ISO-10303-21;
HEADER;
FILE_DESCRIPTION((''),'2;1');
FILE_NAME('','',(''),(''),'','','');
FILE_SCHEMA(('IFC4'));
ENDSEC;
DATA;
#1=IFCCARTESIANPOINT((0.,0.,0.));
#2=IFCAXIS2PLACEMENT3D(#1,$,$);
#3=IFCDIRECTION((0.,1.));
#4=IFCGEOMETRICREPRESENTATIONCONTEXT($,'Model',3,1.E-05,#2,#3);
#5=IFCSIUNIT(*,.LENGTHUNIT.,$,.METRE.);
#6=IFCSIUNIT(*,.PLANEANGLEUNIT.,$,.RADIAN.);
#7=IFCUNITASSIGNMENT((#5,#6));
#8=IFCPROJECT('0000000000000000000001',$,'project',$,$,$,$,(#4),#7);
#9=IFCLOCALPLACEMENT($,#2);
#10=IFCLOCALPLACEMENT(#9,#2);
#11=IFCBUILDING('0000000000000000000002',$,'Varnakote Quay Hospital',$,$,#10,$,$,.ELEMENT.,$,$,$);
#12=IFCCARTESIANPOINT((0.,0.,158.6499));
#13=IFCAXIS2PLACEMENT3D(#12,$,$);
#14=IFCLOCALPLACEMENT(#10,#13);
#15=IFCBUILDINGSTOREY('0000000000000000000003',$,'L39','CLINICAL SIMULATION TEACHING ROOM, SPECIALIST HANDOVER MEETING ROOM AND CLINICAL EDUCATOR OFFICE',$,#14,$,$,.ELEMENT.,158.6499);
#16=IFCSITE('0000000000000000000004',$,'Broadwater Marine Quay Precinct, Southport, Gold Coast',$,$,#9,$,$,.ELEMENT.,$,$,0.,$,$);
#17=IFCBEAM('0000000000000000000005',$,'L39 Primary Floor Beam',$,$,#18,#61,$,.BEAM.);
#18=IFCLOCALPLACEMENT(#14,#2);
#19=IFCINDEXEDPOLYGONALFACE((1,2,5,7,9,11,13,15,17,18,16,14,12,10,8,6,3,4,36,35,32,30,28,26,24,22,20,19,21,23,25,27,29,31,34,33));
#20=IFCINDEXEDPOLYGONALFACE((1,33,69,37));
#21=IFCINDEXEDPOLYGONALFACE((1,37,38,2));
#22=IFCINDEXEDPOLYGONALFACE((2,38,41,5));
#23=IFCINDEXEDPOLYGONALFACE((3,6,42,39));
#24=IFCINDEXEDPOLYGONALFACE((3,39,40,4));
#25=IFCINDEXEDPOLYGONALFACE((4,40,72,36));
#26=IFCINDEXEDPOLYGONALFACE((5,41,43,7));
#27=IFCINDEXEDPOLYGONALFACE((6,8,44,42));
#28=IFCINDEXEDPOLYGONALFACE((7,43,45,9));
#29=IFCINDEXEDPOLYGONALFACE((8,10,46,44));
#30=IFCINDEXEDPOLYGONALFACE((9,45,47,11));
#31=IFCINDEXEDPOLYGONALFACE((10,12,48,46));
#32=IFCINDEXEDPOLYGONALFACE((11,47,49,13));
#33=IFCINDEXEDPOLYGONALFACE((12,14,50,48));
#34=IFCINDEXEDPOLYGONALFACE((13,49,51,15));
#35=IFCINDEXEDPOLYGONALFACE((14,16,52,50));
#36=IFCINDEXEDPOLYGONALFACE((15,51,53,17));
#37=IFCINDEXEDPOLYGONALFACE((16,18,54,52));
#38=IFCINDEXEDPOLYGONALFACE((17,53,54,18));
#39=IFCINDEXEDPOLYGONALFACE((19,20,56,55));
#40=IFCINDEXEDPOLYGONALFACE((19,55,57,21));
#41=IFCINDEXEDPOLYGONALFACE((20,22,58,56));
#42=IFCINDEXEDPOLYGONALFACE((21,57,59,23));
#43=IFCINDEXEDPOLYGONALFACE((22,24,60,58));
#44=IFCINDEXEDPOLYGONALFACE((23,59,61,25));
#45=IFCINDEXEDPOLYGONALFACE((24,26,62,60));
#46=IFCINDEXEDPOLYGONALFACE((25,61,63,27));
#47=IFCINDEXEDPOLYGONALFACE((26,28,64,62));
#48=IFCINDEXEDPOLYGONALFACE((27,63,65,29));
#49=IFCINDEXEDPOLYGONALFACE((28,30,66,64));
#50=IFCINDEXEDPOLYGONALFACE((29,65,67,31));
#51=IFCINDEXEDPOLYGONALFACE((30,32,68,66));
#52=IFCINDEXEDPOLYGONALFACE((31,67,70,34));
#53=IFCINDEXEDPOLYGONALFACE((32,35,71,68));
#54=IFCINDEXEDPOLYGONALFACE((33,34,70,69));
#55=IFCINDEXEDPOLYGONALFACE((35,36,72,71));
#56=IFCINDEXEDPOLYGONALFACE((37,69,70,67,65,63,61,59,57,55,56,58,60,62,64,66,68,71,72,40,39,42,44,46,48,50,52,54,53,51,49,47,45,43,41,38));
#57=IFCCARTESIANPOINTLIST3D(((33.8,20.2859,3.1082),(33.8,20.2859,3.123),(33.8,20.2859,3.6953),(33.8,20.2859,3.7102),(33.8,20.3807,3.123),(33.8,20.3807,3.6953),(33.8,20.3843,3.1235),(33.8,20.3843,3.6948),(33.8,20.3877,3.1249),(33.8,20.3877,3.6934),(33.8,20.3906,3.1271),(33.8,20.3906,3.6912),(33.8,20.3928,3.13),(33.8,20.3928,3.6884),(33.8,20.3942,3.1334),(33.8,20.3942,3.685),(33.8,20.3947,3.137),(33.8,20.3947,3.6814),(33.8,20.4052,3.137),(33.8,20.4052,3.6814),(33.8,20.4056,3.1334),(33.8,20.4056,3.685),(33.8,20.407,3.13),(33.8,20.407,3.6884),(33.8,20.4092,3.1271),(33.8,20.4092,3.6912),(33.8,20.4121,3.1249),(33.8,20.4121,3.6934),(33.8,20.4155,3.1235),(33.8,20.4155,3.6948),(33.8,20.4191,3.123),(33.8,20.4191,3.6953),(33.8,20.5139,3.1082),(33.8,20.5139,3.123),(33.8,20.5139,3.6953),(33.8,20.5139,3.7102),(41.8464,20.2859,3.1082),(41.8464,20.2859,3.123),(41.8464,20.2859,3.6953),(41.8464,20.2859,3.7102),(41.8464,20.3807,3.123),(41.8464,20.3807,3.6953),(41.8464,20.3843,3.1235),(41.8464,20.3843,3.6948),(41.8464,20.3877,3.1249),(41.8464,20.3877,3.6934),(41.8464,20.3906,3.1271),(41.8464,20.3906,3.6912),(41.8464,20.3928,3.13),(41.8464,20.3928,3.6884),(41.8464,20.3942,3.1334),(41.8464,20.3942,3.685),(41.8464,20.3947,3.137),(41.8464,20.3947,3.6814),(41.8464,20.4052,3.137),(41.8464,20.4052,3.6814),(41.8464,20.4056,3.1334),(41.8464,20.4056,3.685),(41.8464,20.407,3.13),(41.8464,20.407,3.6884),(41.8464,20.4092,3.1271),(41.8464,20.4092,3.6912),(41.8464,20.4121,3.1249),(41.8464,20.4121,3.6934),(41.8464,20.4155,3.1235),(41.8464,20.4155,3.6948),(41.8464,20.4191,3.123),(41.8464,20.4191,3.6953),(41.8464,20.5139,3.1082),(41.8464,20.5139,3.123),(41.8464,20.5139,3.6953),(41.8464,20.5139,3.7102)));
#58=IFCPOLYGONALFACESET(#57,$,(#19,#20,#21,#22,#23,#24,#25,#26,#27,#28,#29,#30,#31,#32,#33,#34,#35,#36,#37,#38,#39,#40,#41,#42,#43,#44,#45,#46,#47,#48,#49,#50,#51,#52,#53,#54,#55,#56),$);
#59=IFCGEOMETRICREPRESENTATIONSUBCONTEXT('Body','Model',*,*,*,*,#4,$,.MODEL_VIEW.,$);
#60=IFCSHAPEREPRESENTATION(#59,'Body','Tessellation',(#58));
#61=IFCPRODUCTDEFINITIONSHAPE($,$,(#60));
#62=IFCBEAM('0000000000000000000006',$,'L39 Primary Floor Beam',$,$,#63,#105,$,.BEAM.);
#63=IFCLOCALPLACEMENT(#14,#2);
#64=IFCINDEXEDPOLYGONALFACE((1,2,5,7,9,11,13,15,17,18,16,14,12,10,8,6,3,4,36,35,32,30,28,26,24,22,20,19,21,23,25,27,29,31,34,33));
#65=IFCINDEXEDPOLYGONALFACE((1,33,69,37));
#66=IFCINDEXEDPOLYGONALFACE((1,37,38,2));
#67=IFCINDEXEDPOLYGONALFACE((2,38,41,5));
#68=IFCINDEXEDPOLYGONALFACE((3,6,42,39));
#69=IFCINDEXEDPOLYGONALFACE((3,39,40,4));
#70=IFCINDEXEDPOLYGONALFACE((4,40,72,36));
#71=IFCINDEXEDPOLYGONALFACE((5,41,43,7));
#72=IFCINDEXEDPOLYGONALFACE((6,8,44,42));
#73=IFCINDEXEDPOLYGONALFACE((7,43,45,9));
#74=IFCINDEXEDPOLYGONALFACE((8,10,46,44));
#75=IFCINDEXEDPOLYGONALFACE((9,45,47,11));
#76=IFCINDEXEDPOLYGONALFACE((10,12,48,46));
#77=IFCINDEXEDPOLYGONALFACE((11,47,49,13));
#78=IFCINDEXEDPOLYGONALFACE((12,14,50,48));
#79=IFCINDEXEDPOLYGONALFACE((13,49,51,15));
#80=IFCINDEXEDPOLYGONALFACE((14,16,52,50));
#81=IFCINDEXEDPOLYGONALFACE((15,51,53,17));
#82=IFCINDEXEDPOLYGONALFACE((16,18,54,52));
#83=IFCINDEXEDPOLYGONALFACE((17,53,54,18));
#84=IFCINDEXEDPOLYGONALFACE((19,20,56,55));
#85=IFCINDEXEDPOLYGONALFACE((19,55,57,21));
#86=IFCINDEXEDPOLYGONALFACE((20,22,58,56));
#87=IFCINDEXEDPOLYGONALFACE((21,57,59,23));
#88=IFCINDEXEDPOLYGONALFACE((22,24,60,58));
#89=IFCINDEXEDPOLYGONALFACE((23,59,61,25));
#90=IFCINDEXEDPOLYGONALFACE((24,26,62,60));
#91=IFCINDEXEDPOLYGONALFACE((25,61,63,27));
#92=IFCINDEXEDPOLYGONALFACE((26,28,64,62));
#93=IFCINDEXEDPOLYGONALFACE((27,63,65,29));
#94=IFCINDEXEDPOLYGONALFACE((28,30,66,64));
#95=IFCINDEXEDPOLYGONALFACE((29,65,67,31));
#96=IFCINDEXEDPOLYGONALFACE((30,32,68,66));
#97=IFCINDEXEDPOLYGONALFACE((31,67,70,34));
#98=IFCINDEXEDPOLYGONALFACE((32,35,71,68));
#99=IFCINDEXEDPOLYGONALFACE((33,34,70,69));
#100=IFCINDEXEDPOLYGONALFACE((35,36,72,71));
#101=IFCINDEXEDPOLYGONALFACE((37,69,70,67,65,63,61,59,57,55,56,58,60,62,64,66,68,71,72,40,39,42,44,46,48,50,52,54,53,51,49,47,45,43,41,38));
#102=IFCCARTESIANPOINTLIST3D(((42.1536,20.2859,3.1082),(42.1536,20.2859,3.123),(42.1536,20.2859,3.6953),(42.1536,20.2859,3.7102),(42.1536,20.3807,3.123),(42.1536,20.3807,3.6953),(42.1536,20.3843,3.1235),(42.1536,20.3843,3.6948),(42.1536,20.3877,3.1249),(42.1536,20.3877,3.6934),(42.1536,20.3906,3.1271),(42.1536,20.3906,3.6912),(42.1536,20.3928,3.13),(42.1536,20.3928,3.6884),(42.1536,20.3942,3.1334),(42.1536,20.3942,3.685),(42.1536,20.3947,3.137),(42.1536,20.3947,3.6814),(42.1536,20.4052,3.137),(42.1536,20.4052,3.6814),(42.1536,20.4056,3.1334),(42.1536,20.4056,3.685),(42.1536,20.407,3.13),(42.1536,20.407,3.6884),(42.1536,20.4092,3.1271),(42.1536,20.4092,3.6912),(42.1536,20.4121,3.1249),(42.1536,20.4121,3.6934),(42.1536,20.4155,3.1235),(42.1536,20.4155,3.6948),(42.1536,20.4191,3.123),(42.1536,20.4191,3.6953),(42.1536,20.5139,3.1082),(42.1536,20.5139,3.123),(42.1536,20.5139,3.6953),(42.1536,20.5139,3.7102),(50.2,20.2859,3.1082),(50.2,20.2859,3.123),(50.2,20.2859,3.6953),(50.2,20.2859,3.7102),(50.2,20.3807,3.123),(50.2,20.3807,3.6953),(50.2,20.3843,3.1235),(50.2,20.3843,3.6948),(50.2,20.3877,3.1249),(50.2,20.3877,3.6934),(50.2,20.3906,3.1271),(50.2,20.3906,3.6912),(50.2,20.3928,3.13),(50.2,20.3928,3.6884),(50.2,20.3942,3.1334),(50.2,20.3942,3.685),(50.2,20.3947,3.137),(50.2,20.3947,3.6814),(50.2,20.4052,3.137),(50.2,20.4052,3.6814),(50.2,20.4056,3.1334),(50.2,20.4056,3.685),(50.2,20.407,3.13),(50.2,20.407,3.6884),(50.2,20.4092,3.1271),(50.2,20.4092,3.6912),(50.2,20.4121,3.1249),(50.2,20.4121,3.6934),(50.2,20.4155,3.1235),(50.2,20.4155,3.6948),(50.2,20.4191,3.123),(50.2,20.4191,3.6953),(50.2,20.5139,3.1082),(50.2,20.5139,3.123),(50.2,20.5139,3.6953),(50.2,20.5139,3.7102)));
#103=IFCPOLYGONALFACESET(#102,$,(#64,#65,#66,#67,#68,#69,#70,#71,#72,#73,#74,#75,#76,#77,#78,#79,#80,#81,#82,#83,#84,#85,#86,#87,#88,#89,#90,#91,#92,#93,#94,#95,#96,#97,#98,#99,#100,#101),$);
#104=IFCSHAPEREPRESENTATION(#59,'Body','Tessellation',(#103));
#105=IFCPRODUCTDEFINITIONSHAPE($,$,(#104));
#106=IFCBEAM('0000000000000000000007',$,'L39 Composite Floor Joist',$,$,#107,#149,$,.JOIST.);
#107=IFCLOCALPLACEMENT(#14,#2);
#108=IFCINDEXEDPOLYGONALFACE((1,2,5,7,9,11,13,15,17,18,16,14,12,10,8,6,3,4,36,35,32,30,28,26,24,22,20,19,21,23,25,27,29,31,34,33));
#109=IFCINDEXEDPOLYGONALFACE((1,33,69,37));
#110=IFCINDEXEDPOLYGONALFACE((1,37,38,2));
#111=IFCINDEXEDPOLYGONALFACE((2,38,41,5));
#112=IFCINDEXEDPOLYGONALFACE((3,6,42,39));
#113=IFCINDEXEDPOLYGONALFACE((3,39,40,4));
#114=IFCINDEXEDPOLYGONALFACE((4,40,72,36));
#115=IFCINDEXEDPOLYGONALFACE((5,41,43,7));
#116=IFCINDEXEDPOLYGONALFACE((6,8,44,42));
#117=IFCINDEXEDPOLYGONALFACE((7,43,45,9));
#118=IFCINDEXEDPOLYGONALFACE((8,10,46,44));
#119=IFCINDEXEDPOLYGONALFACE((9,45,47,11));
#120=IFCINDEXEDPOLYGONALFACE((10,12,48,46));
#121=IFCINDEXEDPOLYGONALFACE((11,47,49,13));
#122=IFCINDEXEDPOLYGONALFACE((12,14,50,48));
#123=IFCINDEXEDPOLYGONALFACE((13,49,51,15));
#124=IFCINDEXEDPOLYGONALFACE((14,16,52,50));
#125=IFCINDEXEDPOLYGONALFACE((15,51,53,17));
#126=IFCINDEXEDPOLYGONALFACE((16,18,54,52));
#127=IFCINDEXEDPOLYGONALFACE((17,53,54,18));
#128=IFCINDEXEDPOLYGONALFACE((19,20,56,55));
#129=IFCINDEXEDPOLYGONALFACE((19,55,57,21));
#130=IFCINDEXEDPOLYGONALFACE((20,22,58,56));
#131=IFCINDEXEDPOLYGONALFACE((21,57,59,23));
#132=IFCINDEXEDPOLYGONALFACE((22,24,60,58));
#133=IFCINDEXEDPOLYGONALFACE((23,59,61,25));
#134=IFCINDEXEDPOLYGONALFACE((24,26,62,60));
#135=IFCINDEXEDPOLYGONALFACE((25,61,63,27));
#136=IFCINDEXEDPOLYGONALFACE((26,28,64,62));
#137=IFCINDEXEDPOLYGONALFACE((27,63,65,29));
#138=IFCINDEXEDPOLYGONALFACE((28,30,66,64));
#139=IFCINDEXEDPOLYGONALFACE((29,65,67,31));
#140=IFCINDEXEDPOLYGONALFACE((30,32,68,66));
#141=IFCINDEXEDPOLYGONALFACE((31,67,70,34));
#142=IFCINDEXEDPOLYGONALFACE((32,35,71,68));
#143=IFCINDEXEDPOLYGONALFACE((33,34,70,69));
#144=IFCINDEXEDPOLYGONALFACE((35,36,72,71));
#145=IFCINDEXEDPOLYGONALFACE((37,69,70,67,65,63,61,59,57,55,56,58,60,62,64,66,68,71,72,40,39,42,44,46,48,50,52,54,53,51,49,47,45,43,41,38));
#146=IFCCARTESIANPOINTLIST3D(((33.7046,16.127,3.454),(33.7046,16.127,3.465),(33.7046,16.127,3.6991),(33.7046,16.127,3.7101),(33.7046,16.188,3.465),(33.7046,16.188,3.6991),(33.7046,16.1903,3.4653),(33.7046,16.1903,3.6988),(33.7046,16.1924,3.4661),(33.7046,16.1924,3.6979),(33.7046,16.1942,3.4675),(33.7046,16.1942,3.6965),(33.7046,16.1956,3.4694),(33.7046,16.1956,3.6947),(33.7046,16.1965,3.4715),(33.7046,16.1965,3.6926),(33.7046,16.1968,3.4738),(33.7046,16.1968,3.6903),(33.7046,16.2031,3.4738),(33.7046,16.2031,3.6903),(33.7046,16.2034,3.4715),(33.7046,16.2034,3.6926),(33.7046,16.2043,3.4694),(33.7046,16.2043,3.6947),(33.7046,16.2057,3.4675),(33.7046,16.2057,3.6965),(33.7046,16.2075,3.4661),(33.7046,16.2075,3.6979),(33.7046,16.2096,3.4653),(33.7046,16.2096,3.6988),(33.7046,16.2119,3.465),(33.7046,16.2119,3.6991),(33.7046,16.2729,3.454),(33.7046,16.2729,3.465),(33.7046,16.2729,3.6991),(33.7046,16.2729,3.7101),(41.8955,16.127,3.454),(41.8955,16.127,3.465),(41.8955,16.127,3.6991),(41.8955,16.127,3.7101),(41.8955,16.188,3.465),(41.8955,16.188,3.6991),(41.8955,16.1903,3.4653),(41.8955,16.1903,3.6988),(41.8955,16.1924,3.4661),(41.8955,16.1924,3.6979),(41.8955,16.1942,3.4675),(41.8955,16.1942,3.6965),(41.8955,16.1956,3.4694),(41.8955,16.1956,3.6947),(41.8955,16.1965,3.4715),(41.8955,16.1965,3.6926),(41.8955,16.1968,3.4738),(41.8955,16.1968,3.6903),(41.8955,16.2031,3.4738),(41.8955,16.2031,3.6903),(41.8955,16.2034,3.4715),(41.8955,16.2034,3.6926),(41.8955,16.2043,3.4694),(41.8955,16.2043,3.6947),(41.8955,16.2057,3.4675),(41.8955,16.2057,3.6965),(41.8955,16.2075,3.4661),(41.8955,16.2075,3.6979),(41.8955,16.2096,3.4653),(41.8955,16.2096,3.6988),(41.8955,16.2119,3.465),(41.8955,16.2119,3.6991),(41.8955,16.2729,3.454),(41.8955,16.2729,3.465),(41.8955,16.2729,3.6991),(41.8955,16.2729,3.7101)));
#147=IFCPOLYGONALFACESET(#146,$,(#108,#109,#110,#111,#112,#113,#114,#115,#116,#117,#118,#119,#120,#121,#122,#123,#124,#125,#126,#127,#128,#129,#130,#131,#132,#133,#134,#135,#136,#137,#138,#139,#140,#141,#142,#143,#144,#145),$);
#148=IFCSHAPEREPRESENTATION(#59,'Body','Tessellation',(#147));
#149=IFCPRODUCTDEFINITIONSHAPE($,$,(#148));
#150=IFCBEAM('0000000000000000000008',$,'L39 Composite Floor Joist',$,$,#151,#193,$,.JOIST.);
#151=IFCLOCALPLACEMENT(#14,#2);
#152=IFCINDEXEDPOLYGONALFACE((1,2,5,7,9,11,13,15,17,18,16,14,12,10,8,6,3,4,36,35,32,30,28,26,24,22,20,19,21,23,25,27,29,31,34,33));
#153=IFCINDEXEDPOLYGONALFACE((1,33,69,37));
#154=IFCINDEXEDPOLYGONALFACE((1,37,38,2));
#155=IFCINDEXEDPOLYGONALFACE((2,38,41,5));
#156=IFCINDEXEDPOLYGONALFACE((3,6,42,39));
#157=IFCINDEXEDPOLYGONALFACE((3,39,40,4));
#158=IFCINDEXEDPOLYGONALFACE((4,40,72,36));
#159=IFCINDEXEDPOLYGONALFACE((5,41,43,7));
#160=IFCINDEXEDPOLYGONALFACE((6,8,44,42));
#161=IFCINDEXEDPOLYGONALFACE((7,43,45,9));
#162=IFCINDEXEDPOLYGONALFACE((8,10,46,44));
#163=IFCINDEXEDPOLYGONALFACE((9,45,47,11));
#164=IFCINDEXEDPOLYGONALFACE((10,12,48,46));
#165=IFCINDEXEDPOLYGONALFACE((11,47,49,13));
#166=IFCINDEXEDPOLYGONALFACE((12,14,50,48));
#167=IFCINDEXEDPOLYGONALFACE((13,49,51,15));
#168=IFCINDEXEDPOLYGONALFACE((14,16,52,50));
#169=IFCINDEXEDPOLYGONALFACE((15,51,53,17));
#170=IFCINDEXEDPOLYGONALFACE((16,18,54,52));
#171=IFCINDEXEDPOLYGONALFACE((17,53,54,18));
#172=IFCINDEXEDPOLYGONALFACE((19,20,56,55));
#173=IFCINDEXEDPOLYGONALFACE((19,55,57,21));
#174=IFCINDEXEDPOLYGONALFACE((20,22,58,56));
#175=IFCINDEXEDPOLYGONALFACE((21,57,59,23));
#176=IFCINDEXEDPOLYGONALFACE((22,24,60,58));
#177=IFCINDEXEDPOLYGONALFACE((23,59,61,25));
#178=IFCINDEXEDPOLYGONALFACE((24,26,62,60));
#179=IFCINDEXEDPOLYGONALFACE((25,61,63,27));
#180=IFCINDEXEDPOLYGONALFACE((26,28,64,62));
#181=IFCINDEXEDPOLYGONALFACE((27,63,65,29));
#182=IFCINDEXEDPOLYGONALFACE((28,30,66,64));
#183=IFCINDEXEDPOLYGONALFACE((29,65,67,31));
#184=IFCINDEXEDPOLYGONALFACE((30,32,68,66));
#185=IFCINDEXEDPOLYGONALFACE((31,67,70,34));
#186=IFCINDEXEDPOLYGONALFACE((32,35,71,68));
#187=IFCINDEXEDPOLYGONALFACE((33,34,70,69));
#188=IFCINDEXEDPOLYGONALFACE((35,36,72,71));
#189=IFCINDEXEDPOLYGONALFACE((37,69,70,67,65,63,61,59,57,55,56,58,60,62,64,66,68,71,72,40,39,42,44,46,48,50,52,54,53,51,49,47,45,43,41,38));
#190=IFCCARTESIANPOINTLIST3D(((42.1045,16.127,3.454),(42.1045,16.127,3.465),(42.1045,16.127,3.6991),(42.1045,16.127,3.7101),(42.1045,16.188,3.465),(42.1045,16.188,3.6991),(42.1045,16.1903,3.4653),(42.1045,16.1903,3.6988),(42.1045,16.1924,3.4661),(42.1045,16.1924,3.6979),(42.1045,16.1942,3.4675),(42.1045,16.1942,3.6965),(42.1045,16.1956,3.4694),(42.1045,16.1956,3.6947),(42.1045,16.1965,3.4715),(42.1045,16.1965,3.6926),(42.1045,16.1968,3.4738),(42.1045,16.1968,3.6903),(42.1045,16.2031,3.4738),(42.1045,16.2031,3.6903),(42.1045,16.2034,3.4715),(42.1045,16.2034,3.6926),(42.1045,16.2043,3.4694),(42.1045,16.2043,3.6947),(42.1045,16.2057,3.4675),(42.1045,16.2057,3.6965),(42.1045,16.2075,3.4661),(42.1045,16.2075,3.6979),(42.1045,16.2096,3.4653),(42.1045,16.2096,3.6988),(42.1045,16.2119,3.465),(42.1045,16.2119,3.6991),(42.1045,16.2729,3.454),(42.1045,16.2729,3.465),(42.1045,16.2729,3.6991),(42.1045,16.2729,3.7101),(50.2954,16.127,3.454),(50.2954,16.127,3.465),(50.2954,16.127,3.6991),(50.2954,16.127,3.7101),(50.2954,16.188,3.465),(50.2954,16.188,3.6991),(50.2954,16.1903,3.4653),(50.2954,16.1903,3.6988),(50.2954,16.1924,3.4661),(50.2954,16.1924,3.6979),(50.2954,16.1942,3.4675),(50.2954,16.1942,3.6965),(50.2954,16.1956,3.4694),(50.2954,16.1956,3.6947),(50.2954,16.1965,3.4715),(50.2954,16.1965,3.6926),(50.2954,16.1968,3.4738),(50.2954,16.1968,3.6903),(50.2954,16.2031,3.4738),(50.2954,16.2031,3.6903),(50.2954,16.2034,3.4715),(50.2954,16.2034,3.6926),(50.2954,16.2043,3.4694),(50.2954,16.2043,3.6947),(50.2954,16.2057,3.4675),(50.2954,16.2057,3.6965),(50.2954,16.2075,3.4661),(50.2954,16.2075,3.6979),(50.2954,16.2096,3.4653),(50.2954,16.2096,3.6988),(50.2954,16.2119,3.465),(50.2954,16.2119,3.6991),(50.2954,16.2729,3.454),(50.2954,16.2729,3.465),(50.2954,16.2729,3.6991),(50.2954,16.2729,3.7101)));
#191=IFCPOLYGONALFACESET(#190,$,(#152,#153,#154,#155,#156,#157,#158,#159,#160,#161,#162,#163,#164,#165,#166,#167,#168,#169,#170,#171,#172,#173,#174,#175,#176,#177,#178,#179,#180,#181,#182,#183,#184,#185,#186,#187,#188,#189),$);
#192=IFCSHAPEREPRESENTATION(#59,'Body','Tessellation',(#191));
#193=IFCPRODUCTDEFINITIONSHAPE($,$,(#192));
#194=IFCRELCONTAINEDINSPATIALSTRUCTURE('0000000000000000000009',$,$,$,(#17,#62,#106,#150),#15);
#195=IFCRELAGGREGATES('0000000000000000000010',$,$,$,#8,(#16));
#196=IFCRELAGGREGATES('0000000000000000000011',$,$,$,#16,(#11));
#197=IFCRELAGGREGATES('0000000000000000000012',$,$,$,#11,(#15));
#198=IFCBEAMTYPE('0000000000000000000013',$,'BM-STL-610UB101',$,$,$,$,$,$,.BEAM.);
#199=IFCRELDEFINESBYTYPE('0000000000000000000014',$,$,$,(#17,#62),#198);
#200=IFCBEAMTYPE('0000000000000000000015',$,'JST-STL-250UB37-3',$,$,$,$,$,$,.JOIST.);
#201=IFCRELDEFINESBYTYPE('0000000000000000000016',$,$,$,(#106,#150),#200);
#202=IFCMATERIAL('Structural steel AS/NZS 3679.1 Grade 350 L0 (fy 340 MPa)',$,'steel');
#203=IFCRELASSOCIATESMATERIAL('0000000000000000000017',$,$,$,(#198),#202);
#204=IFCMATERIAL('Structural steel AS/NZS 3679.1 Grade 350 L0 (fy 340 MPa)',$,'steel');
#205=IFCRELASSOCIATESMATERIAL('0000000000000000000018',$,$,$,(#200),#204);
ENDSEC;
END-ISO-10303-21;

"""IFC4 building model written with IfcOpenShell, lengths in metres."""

from ifc_helpers import new_model, si_unit, direction, frame, origin, origin_2d, place, context, subcontext, project, spatial, i_section, extrude, material, material_profile, profile_set, type_object, element, save


model = new_model("IFC4")

# Units and contexts
model_context = context("Model", 3, precision=1e-05, world=origin(), true_north=direction((0.0, 1.0)))
body_context = subcontext(model_context, "Body", "Model", "MODEL_VIEW")
ifc_project = project(units=[si_unit("LENGTHUNIT", "METRE"), si_unit("PLANEANGLEUNIT", "RADIAN")], contexts=[model_context])

# Site, building, storey
site_placement = place(None, origin())
site = spatial("IfcSite", under=ifc_project, at=site_placement, Name="Broadwater Marine Quay Precinct, Southport, Gold Coast", CompositionType="ELEMENT", RefElevation=0.0)
building_placement = place(site_placement, origin())
building = spatial("IfcBuilding", under=site, at=building_placement, Name="Varnakote Quay Hospital", CompositionType="ELEMENT")
storey_placement = place(building_placement, frame((0.0, 0.0, 158.6499)))
storey = spatial("IfcBuildingStorey", under=building, at=storey_placement, Name="L39", Description="CLINICAL SIMULATION TEACHING ROOM, SPECIALIST HANDOVER MEETING ROOM AND CLINICAL EDUCATOR OFFICE", CompositionType="ELEMENT", Elevation=158.6499)

# Beams
ifc_material_1 = material(Name="Structural steel AS/NZS 3679.1 Grade 350 L0 (fy 340 MPa)", Category="steel")
ifc_material_profile_1 = material_profile(ifc_material_1, i_section(OverallWidth=0.228, OverallDepth=0.6021, WebThickness=0.0105, FlangeThickness=0.0149, FilletRadius=0.0139, at=origin_2d()), Name="610UB101")
ifc_profile_set_1 = profile_set([ifc_material_profile_1], Name="Structural steel AS/NZS 3679.1 Grade 350 L0 (fy 340 MPa)")
beam_type_1 = type_object("IfcBeamType", Name="BM-STL-610UB101", PredefinedType="BEAM", material=ifc_profile_set_1)
for number, where, z_axis, x_axis, name in (
    (1, (33.8, 20.3999, 3.4092), (1.0, 0.0, 0.0), (0.0, 1.0, 0.0), "L39 Primary Floor Beam"),
    (2, (42.1536, 20.3999, 3.4092), (1.0, 0.0, 0.0), (0.0, 1.0, 0.0), "L39 Primary Floor Beam"),
):
    element("IfcBeam", number, at=place(storey_placement, frame(where, z_axis=z_axis, x_axis=x_axis)), inside=storey, type_object=beam_type_1, Name=name, PredefinedType="BEAM", context=body_context, shape_type="SweptSolid", body=[
        extrude(i_section(OverallWidth=0.228, OverallDepth=0.6021, WebThickness=0.0105, FlangeThickness=0.0149, FilletRadius=0.0139, at=origin_2d()), origin(), (0.0, 0.0, 1.0), 8.0464),
    ])
ifc_material_2 = material(Name="Structural steel AS/NZS 3679.1 Grade 350 L0 (fy 340 MPa)", Category="steel")
ifc_material_profile_2 = material_profile(ifc_material_2, i_section(OverallWidth=0.146, OverallDepth=0.2561, WebThickness=0.0063, FlangeThickness=0.011, FilletRadius=0.0088, at=origin_2d()), Name="250UB37.3")
ifc_profile_set_2 = profile_set([ifc_material_profile_2], Name="Structural steel AS/NZS 3679.1 Grade 350 L0 (fy 340 MPa)")
beam_type_2 = type_object("IfcBeamType", Name="JST-STL-250UB37-3", PredefinedType="JOIST", material=ifc_profile_set_2)
for number, where, z_axis, x_axis, name in (
    (3, (33.7046, 16.2, 3.582), (1.0, 0.0, 0.0), (0.0, 1.0, 0.0), "L39 Composite Floor Joist"),
    (4, (42.1045, 16.2, 3.582), (1.0, 0.0, 0.0), (0.0, 1.0, 0.0), "L39 Composite Floor Joist"),
):
    element("IfcBeam", number, at=place(storey_placement, frame(where, z_axis=z_axis, x_axis=x_axis)), inside=storey, type_object=beam_type_2, Name=name, PredefinedType="JOIST", context=body_context, shape_type="SweptSolid", body=[
        extrude(i_section(OverallWidth=0.146, OverallDepth=0.2561, WebThickness=0.0063, FlangeThickness=0.011, FilletRadius=0.0088, at=origin_2d()), origin(), (0.0, 0.0, 1.0), 8.1909),
    ])

save(model, "model.ifc")
